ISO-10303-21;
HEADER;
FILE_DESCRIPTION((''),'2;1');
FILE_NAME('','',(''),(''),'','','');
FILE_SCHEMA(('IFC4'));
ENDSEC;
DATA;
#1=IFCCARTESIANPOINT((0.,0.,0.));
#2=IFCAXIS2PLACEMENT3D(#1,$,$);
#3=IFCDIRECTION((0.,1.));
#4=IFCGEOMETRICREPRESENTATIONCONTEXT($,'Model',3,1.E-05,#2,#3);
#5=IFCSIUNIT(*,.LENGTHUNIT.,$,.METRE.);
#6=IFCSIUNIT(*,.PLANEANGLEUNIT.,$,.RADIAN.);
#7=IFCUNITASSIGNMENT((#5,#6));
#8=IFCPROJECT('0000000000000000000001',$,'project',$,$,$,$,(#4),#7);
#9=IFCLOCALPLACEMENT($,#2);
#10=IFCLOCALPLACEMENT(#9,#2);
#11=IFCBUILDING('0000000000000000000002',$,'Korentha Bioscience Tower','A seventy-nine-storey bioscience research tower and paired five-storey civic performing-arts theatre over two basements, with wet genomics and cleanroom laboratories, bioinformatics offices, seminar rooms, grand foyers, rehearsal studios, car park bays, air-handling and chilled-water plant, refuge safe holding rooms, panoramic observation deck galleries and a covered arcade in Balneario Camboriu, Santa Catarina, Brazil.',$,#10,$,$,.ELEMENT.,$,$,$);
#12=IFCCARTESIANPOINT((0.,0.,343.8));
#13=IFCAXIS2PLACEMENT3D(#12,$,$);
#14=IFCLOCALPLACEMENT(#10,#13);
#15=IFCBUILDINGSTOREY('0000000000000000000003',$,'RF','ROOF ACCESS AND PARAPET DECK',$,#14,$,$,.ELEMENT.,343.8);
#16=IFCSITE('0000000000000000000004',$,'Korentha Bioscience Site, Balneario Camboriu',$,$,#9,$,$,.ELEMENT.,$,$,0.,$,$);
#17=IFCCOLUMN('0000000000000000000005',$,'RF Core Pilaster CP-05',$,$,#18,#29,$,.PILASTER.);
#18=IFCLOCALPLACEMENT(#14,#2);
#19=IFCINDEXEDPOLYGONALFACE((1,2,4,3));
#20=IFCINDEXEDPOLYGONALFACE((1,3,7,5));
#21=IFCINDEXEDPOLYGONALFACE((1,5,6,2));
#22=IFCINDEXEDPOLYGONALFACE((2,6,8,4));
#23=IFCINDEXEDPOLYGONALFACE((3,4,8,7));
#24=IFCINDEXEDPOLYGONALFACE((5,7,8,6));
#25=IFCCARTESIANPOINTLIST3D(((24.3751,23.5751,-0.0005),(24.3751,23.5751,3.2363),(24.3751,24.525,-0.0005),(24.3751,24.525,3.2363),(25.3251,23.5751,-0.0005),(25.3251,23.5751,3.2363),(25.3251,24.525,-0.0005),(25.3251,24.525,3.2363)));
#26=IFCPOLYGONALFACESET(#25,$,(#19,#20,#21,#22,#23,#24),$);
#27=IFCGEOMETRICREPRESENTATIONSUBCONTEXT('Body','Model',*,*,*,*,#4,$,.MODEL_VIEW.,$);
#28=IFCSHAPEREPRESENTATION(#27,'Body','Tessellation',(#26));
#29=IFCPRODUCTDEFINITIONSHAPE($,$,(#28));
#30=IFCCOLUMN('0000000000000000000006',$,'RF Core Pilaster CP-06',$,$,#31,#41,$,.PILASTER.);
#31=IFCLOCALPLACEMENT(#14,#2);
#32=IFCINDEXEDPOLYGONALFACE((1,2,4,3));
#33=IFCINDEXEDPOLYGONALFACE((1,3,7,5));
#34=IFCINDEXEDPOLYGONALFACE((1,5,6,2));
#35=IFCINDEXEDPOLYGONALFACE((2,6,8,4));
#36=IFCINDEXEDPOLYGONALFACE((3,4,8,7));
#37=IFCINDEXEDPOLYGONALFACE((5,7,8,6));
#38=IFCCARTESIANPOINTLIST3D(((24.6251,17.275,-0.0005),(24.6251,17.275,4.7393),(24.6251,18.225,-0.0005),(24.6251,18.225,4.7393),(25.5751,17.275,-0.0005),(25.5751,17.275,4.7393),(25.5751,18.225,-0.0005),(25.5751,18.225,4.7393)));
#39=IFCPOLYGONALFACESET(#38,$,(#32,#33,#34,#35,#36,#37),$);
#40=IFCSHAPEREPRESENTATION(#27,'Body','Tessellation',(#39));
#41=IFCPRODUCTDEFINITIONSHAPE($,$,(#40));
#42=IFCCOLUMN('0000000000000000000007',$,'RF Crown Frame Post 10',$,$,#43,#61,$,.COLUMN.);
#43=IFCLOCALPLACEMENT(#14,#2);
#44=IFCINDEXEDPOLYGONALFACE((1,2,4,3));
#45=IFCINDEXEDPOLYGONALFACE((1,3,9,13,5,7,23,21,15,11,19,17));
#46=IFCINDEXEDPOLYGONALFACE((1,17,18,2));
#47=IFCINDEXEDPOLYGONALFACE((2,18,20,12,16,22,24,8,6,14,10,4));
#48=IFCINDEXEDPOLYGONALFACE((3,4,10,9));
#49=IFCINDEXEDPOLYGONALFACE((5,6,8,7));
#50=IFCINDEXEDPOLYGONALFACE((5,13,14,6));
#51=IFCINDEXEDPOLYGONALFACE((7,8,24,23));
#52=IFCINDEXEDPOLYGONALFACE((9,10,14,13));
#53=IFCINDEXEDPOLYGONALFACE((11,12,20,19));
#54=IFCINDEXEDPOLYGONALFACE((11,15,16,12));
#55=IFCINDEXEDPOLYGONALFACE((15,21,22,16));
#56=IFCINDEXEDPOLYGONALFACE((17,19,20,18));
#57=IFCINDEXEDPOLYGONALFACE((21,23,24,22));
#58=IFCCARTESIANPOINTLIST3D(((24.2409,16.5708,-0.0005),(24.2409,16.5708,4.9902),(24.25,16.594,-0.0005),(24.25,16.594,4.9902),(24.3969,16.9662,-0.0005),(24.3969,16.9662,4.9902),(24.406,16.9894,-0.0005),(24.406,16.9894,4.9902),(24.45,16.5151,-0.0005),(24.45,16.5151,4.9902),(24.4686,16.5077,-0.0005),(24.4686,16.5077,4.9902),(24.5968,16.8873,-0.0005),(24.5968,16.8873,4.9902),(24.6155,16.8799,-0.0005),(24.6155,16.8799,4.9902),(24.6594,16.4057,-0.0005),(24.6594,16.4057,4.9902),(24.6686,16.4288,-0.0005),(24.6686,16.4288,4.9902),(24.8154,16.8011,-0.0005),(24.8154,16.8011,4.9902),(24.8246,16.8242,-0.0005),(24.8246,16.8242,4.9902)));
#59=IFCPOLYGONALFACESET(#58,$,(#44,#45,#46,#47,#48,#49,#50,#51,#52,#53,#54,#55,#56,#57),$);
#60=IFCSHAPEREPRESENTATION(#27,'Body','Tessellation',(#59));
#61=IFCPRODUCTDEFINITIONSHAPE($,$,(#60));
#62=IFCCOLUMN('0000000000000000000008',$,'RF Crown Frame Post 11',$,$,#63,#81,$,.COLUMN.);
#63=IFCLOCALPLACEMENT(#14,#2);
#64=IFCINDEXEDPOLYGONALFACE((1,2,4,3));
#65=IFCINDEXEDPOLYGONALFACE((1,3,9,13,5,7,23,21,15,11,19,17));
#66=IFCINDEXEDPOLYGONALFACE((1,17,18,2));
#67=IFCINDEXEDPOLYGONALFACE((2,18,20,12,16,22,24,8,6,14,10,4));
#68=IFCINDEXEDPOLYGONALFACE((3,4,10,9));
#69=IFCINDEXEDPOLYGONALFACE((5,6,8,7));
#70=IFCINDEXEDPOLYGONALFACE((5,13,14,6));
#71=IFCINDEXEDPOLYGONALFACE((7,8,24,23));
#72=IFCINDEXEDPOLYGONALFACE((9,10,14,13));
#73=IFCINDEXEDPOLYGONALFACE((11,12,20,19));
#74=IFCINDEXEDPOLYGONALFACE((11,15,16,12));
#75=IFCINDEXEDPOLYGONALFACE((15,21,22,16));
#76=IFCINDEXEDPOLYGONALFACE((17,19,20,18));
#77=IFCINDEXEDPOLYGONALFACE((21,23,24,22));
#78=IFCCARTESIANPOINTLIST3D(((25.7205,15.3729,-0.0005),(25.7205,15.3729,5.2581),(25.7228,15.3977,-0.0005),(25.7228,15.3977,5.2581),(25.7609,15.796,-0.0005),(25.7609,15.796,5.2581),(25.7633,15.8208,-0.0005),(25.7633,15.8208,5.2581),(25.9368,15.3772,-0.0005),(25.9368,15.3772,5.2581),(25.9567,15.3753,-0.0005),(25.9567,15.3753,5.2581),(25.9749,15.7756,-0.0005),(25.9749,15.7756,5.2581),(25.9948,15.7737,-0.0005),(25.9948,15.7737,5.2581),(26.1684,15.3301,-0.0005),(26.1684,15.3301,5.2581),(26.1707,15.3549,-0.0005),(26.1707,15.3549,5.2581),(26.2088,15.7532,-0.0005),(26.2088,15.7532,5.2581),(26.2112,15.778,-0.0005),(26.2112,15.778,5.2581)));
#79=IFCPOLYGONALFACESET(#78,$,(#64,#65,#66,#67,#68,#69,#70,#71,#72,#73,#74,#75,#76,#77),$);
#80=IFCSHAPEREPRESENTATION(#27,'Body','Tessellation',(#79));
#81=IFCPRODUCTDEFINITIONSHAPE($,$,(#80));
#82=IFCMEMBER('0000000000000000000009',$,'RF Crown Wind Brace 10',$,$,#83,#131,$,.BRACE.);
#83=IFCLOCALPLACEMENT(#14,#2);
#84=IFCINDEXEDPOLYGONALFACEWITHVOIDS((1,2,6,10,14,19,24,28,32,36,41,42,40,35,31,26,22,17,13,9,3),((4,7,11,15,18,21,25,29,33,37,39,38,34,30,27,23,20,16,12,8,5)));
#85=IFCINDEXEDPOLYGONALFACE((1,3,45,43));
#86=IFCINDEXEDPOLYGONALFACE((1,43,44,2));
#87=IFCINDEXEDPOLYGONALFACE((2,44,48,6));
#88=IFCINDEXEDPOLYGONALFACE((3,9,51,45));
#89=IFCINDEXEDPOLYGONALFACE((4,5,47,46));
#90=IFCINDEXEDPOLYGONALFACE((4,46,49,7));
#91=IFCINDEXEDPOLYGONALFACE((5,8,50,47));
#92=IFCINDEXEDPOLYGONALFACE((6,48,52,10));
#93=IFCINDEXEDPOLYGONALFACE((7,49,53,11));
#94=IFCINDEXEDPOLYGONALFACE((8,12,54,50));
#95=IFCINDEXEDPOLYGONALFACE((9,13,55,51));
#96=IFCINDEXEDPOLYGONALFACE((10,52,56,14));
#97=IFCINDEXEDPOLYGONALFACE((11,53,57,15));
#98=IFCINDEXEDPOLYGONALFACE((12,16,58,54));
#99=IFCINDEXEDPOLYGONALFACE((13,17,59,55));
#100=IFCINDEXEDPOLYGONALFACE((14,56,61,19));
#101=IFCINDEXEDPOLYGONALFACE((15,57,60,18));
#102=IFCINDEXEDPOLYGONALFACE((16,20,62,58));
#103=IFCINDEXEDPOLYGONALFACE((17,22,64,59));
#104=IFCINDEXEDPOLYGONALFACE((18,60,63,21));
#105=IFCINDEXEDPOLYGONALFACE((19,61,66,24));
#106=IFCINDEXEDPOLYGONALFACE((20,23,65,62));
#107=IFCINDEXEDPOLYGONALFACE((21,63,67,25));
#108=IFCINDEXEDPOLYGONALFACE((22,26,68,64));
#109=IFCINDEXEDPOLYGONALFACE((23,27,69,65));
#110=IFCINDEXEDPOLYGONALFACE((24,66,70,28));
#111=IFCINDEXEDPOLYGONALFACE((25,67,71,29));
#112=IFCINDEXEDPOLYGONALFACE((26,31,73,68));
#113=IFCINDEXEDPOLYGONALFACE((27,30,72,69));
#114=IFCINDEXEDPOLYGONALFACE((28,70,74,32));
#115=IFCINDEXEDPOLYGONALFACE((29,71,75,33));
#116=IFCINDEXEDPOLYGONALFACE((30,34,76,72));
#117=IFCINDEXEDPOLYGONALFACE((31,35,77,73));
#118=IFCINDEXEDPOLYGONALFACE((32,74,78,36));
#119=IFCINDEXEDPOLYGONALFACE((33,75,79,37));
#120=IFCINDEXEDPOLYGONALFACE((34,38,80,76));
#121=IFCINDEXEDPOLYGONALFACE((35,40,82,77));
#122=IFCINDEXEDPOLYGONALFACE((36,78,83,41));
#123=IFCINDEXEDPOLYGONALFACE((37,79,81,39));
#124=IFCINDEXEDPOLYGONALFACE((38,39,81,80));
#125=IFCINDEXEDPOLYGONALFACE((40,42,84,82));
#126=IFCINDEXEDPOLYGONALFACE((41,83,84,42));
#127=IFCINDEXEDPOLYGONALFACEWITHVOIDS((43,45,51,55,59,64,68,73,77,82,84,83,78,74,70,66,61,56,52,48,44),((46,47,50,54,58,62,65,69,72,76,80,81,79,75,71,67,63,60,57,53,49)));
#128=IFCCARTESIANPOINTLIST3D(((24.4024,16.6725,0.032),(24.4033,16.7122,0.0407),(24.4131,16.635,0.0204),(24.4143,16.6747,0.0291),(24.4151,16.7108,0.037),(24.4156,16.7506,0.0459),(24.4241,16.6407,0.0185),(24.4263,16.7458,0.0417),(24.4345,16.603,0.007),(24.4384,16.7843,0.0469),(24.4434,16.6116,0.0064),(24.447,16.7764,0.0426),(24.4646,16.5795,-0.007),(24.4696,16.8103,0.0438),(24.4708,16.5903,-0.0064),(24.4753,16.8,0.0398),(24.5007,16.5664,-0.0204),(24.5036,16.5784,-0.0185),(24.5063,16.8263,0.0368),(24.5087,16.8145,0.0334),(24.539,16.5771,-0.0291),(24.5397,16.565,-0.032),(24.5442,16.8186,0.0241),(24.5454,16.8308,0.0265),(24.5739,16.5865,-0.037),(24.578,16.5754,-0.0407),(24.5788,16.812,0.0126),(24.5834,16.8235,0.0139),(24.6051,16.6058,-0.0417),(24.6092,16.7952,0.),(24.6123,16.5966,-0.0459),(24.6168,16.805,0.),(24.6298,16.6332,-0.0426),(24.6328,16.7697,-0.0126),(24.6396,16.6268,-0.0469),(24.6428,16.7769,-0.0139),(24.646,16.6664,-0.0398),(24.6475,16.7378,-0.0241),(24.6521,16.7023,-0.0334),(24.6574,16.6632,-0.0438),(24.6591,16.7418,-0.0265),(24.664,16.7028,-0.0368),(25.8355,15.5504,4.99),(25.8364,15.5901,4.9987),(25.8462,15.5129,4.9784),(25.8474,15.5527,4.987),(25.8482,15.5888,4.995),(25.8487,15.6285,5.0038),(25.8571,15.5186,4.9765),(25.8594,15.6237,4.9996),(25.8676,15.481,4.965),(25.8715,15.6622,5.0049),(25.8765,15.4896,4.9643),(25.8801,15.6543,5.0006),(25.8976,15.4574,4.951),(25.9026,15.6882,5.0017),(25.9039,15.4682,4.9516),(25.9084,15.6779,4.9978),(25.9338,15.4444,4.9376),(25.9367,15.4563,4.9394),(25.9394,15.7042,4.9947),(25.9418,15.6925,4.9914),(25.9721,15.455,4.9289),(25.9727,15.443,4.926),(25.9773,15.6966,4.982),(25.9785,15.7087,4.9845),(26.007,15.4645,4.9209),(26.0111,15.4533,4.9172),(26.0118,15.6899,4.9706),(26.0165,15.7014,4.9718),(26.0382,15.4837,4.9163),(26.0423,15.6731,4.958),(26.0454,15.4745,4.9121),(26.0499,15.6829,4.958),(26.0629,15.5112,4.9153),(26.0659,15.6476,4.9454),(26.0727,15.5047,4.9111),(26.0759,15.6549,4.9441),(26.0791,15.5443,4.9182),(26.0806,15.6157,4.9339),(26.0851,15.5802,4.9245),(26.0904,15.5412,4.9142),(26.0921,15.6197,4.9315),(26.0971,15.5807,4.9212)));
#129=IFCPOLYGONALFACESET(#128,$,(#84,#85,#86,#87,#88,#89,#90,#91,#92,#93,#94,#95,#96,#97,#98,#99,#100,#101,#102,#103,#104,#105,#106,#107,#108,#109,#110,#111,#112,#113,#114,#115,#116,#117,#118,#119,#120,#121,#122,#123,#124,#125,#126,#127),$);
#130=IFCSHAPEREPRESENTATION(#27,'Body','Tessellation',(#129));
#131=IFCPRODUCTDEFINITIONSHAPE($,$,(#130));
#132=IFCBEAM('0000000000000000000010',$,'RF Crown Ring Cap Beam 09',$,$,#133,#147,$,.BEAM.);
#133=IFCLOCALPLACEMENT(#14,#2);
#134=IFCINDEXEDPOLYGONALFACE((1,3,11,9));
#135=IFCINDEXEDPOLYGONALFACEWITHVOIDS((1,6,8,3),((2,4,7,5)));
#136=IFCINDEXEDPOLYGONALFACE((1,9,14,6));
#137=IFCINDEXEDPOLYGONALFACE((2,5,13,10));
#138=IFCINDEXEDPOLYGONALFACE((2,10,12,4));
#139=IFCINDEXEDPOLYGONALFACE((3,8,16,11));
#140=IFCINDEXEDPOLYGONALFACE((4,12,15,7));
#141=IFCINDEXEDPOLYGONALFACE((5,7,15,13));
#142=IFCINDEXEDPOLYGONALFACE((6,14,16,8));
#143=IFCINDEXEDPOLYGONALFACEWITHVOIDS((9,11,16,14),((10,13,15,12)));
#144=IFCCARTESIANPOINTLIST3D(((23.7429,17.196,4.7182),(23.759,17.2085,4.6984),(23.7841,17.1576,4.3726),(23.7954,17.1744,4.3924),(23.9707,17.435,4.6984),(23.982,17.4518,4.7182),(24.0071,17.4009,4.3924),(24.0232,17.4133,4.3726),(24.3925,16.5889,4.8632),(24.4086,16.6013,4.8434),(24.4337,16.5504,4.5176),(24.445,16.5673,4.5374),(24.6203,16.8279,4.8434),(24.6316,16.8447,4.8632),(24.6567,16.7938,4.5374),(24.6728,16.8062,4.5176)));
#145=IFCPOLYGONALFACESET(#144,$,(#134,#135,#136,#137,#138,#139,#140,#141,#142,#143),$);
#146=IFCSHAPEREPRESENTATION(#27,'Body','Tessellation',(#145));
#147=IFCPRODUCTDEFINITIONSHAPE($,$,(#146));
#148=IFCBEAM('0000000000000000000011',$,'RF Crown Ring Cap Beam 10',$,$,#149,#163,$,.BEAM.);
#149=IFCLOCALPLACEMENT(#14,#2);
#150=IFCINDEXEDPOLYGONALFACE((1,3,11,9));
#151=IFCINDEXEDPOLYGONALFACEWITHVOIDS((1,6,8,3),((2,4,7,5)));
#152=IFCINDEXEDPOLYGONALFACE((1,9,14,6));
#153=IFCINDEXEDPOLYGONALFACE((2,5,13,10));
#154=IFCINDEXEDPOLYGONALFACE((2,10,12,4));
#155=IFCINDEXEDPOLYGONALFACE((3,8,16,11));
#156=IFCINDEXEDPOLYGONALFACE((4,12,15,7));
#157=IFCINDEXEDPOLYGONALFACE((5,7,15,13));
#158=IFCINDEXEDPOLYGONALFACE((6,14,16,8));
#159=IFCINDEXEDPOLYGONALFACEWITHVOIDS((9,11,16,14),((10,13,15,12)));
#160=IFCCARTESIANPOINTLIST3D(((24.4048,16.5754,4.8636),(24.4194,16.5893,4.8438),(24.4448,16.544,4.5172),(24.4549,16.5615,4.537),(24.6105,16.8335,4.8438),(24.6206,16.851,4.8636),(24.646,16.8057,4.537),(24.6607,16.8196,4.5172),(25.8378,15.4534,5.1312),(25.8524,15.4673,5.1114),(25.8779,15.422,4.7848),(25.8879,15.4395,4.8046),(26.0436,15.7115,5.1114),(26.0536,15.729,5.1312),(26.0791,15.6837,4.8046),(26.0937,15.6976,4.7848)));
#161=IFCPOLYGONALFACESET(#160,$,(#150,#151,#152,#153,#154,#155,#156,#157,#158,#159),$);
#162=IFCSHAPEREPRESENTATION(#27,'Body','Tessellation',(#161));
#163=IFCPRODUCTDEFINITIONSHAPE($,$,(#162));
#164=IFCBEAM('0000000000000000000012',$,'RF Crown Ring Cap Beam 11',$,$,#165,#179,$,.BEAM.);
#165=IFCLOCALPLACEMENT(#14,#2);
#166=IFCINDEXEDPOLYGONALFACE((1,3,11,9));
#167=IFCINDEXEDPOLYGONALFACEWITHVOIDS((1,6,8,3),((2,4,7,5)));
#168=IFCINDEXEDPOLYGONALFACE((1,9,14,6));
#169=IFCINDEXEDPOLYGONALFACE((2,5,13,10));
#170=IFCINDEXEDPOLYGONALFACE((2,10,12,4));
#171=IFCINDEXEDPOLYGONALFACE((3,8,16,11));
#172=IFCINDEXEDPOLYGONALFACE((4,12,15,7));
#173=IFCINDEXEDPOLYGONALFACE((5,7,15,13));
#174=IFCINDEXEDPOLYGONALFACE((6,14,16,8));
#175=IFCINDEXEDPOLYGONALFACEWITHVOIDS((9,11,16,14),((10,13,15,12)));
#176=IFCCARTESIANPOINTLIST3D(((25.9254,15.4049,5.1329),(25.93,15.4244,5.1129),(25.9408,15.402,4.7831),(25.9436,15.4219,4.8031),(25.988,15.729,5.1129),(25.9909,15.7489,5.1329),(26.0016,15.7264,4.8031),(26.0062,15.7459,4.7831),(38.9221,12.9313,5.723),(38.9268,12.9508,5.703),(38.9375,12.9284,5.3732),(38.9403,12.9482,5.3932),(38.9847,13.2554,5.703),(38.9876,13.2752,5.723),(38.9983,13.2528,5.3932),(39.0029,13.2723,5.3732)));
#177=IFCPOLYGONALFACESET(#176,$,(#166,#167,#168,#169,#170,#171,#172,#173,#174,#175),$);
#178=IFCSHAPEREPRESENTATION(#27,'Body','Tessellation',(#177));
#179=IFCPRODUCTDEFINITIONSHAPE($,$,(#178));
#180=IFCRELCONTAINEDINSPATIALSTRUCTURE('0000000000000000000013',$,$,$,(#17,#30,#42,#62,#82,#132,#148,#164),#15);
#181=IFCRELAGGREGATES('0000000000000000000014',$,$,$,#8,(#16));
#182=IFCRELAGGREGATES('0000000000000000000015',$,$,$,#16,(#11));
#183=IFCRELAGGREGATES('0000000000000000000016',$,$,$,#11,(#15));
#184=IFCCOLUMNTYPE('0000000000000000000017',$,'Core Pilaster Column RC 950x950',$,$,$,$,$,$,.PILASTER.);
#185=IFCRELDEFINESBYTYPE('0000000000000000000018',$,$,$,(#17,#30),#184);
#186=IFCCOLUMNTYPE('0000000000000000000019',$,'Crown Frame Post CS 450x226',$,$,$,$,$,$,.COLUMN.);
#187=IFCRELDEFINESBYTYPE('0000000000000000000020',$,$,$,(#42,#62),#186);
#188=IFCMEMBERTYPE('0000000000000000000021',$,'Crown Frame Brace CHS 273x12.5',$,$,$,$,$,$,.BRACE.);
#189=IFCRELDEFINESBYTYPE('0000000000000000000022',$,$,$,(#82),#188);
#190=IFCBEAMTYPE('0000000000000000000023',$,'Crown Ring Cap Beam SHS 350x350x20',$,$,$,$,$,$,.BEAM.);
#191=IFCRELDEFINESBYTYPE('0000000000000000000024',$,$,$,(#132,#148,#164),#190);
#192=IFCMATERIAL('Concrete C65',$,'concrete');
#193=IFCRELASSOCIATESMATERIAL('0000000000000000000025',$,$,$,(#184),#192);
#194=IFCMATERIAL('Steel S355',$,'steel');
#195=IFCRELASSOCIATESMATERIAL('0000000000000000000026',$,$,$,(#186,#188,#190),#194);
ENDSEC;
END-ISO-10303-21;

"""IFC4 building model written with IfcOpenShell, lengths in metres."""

from ifc_helpers import new_model, si_unit, direction, frame, origin, origin_2d, place, context, subcontext, project, spatial, rectangle, hollow_rectangle, hollow_circle, i_section, extrude, material, material_profile, profile_set, type_object, element, save


model = new_model("IFC4")

# Units and contexts
model_context = context("Model", 3, precision=1e-05, world=origin(), true_north=direction((0.0, 1.0)))
body_context = subcontext(model_context, "Body", "Model", "MODEL_VIEW")
ifc_project = project(units=[si_unit("LENGTHUNIT", "METRE"), si_unit("PLANEANGLEUNIT", "RADIAN")], contexts=[model_context])

# Site, building, storey
site_placement = place(None, origin())
site = spatial("IfcSite", under=ifc_project, at=site_placement, Name="Korentha Bioscience Site, Balneario Camboriu", CompositionType="ELEMENT", RefElevation=0.0)
building_placement = place(site_placement, origin())
building = spatial("IfcBuilding", under=site, at=building_placement, Name="Korentha Bioscience Tower", Description="A seventy-nine-storey bioscience research tower and paired five-storey civic performing-arts theatre over two basements, with wet genomics and cleanroom laboratories, bioinformatics offices, seminar rooms, grand foyers, rehearsal studios, car park bays, air-handling and chilled-water plant, refuge safe holding rooms, panoramic observation deck galleries and a covered arcade in Balneario Camboriu, Santa Catarina, Brazil.", CompositionType="ELEMENT")
storey_placement = place(building_placement, frame((0.0, 0.0, 343.8)))
storey = spatial("IfcBuildingStorey", under=building, at=storey_placement, Name="RF", Description="ROOF ACCESS AND PARAPET DECK", CompositionType="ELEMENT", Elevation=343.8)

# Columns
ifc_material_1 = material(Name="Concrete C65", Category="concrete")
ifc_material_profile_1 = material_profile(ifc_material_1, rectangle(XDim=0.95, YDim=0.95, at=origin_2d()), Name="Concrete C65")
ifc_profile_set_1 = profile_set([ifc_material_profile_1], Name="Concrete C65 (COL-CP09)")
column_type_1 = type_object("IfcColumnType", Name="Core Pilaster Column RC 950x950", PredefinedType="PILASTER", material=ifc_profile_set_1)
column_1_placement = place(storey_placement, frame((24.8501, 24.05, -0.0005), z_axis=(0.0, 0.0, 1.0), x_axis=(1.0, 0.0, 0.0)))
element("IfcColumn", 1, at=column_1_placement, inside=storey, type_object=column_type_1, Name="RF Core Pilaster CP-05", PredefinedType="PILASTER", context=body_context, shape_type="SweptSolid", body=[
    extrude(rectangle(XDim=0.95, YDim=0.95, at=origin_2d()), origin(), (0.0, 0.0, 1.0), 3.2368),
])
column_2_placement = place(storey_placement, frame((25.1001, 17.75, -0.0005), z_axis=(0.0, 0.0, 1.0), x_axis=(1.0, 0.0, 0.0)))
element("IfcColumn", 2, at=column_2_placement, inside=storey, type_object=column_type_1, Name="RF Core Pilaster CP-06", PredefinedType="PILASTER", context=body_context, shape_type="SweptSolid", body=[
    extrude(rectangle(XDim=0.95, YDim=0.95, at=origin_2d()), origin(), (0.0, 0.0, 1.0), 4.7397),
])
ifc_material_2 = material(Name="Steel S355", Category="steel")
ifc_material_profile_2 = material_profile(ifc_material_2, i_section(OverallWidth=0.45, OverallDepth=0.45, WebThickness=0.02, FlangeThickness=0.0249, at=origin_2d()), Name="Steel S355")
ifc_profile_set_2 = profile_set([ifc_material_profile_2], Name="Steel S355 (CF-C1)")
column_type_2 = type_object("IfcColumnType", Name="Crown Frame Post CS 450x226", PredefinedType="COLUMN", material=ifc_profile_set_2)
column_3_placement = place(storey_placement, frame((24.5327, 16.6975, -0.0005), z_axis=(0.0, 0.0, 1.0), x_axis=(-0.930226, 0.366988, 0.0)))
element("IfcColumn", 3, at=column_3_placement, inside=storey, type_object=column_type_2, Name="RF Crown Frame Post 10", PredefinedType="COLUMN", context=body_context, shape_type="SweptSolid", body=[
    extrude(i_section(OverallWidth=0.45, OverallDepth=0.45, WebThickness=0.02, FlangeThickness=0.0249, at=origin_2d()), origin(), (0.0, 0.0, 1.0), 4.9907),
])
column_4_placement = place(storey_placement, frame((25.9658, 15.5754, -0.0005), z_axis=(0.0, 0.0, 1.0), x_axis=(-0.995463, 0.095151, 0.0)))
element("IfcColumn", 4, at=column_4_placement, inside=storey, type_object=column_type_2, Name="RF Crown Frame Post 11", PredefinedType="COLUMN", context=body_context, shape_type="SweptSolid", body=[
    extrude(i_section(OverallWidth=0.45, OverallDepth=0.45, WebThickness=0.02, FlangeThickness=0.0249, at=origin_2d()), origin(), (0.0, 0.0, 1.0), 5.2585),
])

# Member
ifc_material_profile_3 = material_profile(ifc_material_2, hollow_circle(Radius=0.1365, WallThickness=0.0125, at=origin_2d()), Name="Steel S355")
ifc_profile_set_3 = profile_set([ifc_material_profile_3], Name="Steel S355 (CF-BR273)")
member_type_1 = type_object("IfcMemberType", Name="Crown Frame Brace CHS 273x12.5", PredefinedType="BRACE", material=ifc_profile_set_3)
member_1_placement = place(storey_placement, frame((24.5327, 16.6975, 0.0), z_axis=(0.271342, -0.212451, 0.938743), x_axis=(0.616482, 0.787369, 0.0)))
element("IfcMember", 5, at=member_1_placement, inside=storey, type_object=member_type_1, Name="RF Crown Wind Brace 10", PredefinedType="BRACE", context=body_context, shape_type="SweptSolid", body=[
    extrude(hollow_circle(Radius=0.1365, WallThickness=0.0125, at=origin_2d()), origin(), (0.0, 0.0, 1.0), 5.2815),
])

# Beams
ifc_material_profile_4 = material_profile(ifc_material_2, hollow_rectangle(XDim=0.3501, YDim=0.3501, WallThickness=0.02, at=origin_2d()), Name="Steel S355")
ifc_profile_set_4 = profile_set([ifc_material_profile_4], Name="Steel S355 (CF-RB1)")
beam_type_1 = type_object("IfcBeamType", Name="Crown Ring Cap Beam SHS 350x350x20", PredefinedType="BEAM", material=ifc_profile_set_4)
beam_1_placement = place(storey_placement, frame((23.8831, 17.3047, 4.5454), z_axis=(0.721063, -0.673914, 0.160959), x_axis=(0.682817, 0.730589, 0.0)))
element("IfcBeam", 6, at=beam_1_placement, inside=storey, type_object=beam_type_1, Name="RF Crown Ring Cap Beam 09", PredefinedType="BEAM", context=body_context, shape_type="SweptSolid", body=[
    extrude(hollow_rectangle(XDim=0.3501, YDim=0.3501, WallThickness=0.02, at=origin_2d()), origin(), (0.0, 0.0, 1.0), 0.9009),
])
beam_2_placement = place(storey_placement, frame((24.5327, 16.6975, 4.6904), z_axis=(0.778996, -0.609926, 0.145448), x_axis=(0.616482, 0.787369, 0.0)))
element("IfcBeam", 7, at=beam_2_placement, inside=storey, type_object=beam_type_1, Name="RF Crown Ring Cap Beam 10", PredefinedType="BEAM", context=body_context, shape_type="SweptSolid", body=[
    extrude(hollow_rectangle(XDim=0.3501, YDim=0.3501, WallThickness=0.02, at=origin_2d()), origin(), (0.0, 0.0, 1.0), 1.8396),
])
beam_3_placement = place(storey_placement, frame((25.9658, 15.5754, 4.958), z_axis=(0.98139, -0.186784, 0.044558), x_axis=(0.18697, 0.982366, 0.0)))
element("IfcBeam", 8, at=beam_3_placement, inside=storey, type_object=beam_type_1, Name="RF Crown Ring Cap Beam 11", PredefinedType="BEAM", context=body_context, shape_type="SweptSolid", body=[
    extrude(hollow_rectangle(XDim=0.3501, YDim=0.3501, WallThickness=0.02, at=origin_2d()), origin(), (0.0, 0.0, 1.0), 13.2432),
])

save(model, "model.ifc")
